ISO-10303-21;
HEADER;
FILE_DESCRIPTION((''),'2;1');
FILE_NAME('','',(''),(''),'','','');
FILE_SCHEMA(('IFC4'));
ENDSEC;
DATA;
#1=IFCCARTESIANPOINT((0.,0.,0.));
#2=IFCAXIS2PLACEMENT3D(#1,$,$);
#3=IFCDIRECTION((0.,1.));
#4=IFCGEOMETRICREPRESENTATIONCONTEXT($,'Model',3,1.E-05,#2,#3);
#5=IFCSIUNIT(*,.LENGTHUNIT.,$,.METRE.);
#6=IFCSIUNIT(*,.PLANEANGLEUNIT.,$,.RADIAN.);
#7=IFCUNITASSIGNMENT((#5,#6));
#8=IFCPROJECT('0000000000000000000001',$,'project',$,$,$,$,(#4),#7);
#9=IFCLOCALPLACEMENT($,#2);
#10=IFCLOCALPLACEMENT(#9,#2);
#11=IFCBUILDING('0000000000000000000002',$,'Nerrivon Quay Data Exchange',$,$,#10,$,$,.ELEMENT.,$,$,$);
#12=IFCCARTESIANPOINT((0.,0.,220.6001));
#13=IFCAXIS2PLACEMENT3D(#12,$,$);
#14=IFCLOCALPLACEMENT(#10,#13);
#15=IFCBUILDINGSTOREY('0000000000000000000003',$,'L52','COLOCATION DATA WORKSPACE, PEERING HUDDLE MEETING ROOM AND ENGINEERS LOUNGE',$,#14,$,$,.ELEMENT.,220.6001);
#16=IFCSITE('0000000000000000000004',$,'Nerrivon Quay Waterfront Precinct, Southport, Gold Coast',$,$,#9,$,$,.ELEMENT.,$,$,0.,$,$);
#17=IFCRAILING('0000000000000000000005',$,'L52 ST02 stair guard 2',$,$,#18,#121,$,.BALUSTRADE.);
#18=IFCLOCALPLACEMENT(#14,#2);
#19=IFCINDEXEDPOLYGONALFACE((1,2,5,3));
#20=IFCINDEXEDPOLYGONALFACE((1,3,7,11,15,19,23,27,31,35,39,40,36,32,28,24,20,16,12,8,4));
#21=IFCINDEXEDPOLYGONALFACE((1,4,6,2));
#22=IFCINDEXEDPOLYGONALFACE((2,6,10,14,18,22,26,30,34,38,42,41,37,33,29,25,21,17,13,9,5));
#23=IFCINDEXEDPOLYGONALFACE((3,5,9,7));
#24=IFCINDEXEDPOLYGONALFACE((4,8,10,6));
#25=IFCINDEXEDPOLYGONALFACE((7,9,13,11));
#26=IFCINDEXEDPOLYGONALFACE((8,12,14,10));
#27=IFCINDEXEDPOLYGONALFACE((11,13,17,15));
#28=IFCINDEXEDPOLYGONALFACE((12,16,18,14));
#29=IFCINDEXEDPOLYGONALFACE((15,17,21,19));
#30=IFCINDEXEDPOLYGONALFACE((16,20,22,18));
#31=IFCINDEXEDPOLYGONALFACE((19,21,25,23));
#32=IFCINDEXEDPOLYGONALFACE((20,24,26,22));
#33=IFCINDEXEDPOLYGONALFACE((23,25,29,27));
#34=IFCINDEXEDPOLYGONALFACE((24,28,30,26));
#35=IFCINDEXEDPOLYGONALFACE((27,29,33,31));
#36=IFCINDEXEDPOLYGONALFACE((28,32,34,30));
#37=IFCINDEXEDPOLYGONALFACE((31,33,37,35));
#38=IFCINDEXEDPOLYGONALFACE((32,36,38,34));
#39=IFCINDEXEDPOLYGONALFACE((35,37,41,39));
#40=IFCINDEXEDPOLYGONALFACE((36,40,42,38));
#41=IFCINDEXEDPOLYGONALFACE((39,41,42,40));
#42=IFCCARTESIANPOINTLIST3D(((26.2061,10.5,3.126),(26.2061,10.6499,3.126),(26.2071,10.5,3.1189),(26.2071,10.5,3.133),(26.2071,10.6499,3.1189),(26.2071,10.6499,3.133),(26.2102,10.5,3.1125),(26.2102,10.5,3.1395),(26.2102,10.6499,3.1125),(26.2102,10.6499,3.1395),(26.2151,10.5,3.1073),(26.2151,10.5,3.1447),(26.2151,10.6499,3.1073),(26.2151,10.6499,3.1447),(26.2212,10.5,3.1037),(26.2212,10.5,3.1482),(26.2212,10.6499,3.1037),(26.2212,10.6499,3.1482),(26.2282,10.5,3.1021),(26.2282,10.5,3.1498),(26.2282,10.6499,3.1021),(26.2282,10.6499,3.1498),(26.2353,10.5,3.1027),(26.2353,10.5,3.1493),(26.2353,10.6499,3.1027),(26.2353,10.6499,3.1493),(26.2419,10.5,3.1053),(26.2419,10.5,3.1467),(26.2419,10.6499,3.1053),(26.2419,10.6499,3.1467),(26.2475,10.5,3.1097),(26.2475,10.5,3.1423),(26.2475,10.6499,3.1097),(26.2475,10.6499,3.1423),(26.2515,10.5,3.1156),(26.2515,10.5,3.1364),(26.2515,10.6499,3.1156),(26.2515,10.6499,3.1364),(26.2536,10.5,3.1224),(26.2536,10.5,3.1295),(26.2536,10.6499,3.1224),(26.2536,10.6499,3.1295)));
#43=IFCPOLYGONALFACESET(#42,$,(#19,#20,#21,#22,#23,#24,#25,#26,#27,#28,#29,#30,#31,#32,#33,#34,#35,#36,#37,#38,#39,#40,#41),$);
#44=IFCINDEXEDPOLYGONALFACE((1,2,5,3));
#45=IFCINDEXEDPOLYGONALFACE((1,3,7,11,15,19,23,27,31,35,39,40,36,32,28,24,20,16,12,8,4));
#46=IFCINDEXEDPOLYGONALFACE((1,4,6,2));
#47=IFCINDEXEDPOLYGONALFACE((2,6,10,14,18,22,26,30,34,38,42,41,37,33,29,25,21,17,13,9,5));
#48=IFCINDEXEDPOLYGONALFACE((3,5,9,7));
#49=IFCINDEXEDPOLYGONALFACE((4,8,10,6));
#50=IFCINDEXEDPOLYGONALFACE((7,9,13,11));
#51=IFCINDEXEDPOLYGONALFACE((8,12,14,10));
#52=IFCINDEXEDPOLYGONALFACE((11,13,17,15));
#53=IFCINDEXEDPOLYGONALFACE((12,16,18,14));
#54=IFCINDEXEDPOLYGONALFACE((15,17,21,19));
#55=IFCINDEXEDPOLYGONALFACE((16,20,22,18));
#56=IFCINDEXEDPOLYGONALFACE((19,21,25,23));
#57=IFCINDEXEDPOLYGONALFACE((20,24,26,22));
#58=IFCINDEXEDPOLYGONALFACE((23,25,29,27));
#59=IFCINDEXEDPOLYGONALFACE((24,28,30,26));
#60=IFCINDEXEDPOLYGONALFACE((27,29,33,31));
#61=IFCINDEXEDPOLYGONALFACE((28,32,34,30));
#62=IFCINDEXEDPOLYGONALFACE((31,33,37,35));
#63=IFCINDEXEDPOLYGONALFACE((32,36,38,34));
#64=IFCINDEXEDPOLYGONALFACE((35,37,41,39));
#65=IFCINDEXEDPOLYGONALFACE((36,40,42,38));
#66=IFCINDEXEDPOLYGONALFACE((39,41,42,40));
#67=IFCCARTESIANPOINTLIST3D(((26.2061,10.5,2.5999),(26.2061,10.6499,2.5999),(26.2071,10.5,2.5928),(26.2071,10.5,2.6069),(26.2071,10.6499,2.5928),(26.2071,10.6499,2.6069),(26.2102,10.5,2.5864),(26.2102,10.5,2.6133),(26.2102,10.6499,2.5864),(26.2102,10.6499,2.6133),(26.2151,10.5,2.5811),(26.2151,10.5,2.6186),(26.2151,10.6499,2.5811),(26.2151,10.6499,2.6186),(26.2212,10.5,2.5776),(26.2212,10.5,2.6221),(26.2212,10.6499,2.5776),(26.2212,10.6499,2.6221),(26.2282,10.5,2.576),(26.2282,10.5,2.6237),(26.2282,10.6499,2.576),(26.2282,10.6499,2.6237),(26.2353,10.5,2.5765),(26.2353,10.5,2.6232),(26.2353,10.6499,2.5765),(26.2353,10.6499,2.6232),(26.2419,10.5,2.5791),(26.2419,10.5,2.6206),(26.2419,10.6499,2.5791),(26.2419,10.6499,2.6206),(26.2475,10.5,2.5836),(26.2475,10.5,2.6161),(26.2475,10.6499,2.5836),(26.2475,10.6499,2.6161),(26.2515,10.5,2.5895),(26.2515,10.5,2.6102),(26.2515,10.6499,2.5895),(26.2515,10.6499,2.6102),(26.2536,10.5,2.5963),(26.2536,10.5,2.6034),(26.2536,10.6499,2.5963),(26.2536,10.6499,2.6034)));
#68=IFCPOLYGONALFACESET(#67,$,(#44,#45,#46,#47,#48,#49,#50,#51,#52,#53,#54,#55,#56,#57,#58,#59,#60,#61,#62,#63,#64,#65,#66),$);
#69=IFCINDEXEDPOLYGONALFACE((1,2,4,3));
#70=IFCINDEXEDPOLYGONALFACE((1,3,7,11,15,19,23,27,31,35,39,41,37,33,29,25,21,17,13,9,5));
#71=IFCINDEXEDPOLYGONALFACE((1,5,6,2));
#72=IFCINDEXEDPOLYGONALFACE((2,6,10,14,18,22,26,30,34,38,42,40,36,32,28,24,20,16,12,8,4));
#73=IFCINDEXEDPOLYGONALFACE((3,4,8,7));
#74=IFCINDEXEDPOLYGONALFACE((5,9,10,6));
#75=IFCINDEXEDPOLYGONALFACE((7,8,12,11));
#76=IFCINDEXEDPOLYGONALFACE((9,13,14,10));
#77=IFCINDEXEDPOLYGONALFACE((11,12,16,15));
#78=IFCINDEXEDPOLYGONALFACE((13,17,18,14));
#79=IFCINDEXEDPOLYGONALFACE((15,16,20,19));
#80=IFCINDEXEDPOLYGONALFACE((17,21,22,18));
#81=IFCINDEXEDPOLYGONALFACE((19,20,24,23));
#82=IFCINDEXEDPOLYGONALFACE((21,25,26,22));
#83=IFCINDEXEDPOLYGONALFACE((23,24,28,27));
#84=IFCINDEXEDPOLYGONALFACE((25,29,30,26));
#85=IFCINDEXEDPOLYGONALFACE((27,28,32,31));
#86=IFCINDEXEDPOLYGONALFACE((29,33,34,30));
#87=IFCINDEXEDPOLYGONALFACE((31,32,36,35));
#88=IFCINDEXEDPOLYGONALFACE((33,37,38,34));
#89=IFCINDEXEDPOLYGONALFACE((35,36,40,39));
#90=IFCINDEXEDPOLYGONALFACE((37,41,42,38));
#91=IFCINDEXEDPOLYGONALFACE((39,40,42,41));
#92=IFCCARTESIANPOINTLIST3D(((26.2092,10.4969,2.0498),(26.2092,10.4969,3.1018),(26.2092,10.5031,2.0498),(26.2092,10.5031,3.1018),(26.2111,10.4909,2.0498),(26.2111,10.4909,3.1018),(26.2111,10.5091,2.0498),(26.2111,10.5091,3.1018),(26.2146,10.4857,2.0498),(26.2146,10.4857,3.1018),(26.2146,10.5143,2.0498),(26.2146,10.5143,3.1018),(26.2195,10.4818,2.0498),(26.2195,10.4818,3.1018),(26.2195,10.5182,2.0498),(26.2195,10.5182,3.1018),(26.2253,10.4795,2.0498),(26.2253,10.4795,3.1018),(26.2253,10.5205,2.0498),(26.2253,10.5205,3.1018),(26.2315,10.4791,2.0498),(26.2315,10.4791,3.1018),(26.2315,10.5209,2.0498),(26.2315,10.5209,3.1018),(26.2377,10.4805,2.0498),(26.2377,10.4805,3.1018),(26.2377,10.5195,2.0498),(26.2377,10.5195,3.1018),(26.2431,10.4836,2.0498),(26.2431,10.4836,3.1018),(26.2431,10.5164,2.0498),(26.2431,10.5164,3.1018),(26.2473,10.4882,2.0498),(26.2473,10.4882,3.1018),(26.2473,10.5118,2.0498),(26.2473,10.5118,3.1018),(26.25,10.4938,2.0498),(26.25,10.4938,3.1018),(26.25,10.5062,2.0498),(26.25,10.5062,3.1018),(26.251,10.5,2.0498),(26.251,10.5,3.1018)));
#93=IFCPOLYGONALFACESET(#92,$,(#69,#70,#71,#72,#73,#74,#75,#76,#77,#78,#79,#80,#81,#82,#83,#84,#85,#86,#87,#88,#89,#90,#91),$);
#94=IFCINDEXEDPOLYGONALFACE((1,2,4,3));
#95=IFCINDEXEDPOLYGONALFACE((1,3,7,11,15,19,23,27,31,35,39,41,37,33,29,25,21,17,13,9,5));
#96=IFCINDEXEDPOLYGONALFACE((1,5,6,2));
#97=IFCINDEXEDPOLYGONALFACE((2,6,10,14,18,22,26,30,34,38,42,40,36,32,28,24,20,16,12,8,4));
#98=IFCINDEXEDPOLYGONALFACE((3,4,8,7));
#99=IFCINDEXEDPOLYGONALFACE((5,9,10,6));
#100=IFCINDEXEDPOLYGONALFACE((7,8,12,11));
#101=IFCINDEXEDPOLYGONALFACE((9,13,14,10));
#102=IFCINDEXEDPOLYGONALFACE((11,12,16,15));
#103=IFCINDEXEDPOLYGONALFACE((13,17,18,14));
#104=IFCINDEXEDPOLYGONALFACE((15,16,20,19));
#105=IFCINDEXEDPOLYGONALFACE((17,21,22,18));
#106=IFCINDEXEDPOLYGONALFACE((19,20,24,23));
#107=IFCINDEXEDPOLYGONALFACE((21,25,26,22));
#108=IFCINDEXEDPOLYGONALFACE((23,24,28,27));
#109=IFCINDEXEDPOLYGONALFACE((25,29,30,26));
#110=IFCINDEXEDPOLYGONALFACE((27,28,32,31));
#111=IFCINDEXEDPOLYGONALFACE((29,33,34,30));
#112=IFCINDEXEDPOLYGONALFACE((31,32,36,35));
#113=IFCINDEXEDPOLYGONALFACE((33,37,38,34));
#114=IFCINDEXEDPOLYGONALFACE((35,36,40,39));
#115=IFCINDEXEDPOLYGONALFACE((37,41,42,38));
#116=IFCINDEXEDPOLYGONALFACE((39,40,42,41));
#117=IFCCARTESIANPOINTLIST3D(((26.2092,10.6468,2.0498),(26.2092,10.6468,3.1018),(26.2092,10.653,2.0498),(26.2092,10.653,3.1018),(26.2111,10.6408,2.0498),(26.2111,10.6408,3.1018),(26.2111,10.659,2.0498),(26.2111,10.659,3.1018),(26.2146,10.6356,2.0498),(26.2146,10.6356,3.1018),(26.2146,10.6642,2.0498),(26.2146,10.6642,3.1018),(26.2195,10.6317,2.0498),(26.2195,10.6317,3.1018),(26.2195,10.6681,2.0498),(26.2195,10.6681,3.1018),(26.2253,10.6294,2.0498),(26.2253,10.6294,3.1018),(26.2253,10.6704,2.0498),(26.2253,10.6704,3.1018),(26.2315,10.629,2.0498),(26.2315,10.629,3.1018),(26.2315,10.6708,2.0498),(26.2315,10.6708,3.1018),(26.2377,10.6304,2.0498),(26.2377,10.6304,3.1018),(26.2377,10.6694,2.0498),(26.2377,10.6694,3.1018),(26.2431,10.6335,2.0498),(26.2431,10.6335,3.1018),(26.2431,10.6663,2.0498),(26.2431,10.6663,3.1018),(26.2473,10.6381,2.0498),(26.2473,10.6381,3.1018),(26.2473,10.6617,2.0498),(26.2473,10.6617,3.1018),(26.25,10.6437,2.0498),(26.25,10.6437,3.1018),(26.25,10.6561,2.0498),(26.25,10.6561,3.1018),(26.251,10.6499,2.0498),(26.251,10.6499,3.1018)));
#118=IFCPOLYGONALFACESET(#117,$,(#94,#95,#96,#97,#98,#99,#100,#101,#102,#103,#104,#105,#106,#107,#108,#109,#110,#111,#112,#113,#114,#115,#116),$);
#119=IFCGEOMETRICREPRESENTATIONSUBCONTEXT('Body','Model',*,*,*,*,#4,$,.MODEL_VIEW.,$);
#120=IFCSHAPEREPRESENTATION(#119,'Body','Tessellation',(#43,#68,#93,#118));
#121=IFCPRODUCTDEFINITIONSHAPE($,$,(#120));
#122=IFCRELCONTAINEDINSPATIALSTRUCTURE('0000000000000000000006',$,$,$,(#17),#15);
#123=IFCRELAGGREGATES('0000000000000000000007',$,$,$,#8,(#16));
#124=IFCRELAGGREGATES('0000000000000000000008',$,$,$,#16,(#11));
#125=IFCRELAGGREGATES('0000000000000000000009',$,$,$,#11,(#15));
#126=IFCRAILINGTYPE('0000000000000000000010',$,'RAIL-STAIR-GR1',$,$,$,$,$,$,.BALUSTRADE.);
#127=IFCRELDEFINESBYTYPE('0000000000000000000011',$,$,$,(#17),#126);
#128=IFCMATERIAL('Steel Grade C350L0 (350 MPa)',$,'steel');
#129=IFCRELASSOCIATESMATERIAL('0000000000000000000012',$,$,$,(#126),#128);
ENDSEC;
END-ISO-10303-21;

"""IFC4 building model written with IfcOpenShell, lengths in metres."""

from ifc_helpers import new_model, si_unit, direction, frame, origin, origin_2d, place, context, subcontext, project, spatial, circle, extrude, material, type_object, element, save


model = new_model("IFC4")

# Units and contexts
model_context = context("Model", 3, precision=1e-05, world=origin(), true_north=direction((0.0, 1.0)))
body_context = subcontext(model_context, "Body", "Model", "MODEL_VIEW")
ifc_project = project(units=[si_unit("LENGTHUNIT", "METRE"), si_unit("PLANEANGLEUNIT", "RADIAN")], contexts=[model_context])

# Site, building, storey
site_placement = place(None, origin())
site = spatial("IfcSite", under=ifc_project, at=site_placement, Name="Nerrivon Quay Waterfront Precinct, Southport, Gold Coast", CompositionType="ELEMENT", RefElevation=0.0)
building_placement = place(site_placement, origin())
building = spatial("IfcBuilding", under=site, at=building_placement, Name="Nerrivon Quay Data Exchange", CompositionType="ELEMENT")
storey_placement = place(building_placement, frame((0.0, 0.0, 220.6001)))
storey = spatial("IfcBuildingStorey", under=building, at=storey_placement, Name="L52", Description="COLOCATION DATA WORKSPACE, PEERING HUDDLE MEETING ROOM AND ENGINEERS LOUNGE", CompositionType="ELEMENT", Elevation=220.6001)

# Railing
ifc_material_1 = material(Name="Steel Grade C350L0 (350 MPa)", Category="steel")
railing_type_1 = type_object("IfcRailingType", Name="RAIL-STAIR-GR1", PredefinedType="BALUSTRADE", material=ifc_material_1)
railing_1_placement = place(storey_placement, frame((26.23, 10.5, 2.0498)))
element("IfcRailing", 1, at=railing_1_placement, inside=storey, type_object=railing_type_1, Name="L52 ST02 stair guard 2", PredefinedType="BALUSTRADE", context=body_context, shape_type="SweptSolid", body=[
    extrude(circle(Radius=0.0239, at=origin_2d()), frame((0.0, 0.0, 1.0762), z_axis=(0.0, 1.0, 0.0), x_axis=(-1.0, 0.0, 0.0)), (0.0, 0.0, 1.0), 0.1499),
    extrude(circle(Radius=0.0239, at=origin_2d()), frame((0.0, 0.0, 0.55), z_axis=(0.0, 1.0, 0.0), x_axis=(-1.0, 0.0, 0.0)), (0.0, 0.0, 1.0), 0.1499),
    extrude(circle(Radius=0.021, at=origin_2d()), origin(), (0.0, 0.0, 1.0), 1.052),
    extrude(circle(Radius=0.021, at=origin_2d()), frame((0.0, 0.1499, 0.0)), (0.0, 0.0, 1.0), 1.052),
])

save(model, "model.ifc")
